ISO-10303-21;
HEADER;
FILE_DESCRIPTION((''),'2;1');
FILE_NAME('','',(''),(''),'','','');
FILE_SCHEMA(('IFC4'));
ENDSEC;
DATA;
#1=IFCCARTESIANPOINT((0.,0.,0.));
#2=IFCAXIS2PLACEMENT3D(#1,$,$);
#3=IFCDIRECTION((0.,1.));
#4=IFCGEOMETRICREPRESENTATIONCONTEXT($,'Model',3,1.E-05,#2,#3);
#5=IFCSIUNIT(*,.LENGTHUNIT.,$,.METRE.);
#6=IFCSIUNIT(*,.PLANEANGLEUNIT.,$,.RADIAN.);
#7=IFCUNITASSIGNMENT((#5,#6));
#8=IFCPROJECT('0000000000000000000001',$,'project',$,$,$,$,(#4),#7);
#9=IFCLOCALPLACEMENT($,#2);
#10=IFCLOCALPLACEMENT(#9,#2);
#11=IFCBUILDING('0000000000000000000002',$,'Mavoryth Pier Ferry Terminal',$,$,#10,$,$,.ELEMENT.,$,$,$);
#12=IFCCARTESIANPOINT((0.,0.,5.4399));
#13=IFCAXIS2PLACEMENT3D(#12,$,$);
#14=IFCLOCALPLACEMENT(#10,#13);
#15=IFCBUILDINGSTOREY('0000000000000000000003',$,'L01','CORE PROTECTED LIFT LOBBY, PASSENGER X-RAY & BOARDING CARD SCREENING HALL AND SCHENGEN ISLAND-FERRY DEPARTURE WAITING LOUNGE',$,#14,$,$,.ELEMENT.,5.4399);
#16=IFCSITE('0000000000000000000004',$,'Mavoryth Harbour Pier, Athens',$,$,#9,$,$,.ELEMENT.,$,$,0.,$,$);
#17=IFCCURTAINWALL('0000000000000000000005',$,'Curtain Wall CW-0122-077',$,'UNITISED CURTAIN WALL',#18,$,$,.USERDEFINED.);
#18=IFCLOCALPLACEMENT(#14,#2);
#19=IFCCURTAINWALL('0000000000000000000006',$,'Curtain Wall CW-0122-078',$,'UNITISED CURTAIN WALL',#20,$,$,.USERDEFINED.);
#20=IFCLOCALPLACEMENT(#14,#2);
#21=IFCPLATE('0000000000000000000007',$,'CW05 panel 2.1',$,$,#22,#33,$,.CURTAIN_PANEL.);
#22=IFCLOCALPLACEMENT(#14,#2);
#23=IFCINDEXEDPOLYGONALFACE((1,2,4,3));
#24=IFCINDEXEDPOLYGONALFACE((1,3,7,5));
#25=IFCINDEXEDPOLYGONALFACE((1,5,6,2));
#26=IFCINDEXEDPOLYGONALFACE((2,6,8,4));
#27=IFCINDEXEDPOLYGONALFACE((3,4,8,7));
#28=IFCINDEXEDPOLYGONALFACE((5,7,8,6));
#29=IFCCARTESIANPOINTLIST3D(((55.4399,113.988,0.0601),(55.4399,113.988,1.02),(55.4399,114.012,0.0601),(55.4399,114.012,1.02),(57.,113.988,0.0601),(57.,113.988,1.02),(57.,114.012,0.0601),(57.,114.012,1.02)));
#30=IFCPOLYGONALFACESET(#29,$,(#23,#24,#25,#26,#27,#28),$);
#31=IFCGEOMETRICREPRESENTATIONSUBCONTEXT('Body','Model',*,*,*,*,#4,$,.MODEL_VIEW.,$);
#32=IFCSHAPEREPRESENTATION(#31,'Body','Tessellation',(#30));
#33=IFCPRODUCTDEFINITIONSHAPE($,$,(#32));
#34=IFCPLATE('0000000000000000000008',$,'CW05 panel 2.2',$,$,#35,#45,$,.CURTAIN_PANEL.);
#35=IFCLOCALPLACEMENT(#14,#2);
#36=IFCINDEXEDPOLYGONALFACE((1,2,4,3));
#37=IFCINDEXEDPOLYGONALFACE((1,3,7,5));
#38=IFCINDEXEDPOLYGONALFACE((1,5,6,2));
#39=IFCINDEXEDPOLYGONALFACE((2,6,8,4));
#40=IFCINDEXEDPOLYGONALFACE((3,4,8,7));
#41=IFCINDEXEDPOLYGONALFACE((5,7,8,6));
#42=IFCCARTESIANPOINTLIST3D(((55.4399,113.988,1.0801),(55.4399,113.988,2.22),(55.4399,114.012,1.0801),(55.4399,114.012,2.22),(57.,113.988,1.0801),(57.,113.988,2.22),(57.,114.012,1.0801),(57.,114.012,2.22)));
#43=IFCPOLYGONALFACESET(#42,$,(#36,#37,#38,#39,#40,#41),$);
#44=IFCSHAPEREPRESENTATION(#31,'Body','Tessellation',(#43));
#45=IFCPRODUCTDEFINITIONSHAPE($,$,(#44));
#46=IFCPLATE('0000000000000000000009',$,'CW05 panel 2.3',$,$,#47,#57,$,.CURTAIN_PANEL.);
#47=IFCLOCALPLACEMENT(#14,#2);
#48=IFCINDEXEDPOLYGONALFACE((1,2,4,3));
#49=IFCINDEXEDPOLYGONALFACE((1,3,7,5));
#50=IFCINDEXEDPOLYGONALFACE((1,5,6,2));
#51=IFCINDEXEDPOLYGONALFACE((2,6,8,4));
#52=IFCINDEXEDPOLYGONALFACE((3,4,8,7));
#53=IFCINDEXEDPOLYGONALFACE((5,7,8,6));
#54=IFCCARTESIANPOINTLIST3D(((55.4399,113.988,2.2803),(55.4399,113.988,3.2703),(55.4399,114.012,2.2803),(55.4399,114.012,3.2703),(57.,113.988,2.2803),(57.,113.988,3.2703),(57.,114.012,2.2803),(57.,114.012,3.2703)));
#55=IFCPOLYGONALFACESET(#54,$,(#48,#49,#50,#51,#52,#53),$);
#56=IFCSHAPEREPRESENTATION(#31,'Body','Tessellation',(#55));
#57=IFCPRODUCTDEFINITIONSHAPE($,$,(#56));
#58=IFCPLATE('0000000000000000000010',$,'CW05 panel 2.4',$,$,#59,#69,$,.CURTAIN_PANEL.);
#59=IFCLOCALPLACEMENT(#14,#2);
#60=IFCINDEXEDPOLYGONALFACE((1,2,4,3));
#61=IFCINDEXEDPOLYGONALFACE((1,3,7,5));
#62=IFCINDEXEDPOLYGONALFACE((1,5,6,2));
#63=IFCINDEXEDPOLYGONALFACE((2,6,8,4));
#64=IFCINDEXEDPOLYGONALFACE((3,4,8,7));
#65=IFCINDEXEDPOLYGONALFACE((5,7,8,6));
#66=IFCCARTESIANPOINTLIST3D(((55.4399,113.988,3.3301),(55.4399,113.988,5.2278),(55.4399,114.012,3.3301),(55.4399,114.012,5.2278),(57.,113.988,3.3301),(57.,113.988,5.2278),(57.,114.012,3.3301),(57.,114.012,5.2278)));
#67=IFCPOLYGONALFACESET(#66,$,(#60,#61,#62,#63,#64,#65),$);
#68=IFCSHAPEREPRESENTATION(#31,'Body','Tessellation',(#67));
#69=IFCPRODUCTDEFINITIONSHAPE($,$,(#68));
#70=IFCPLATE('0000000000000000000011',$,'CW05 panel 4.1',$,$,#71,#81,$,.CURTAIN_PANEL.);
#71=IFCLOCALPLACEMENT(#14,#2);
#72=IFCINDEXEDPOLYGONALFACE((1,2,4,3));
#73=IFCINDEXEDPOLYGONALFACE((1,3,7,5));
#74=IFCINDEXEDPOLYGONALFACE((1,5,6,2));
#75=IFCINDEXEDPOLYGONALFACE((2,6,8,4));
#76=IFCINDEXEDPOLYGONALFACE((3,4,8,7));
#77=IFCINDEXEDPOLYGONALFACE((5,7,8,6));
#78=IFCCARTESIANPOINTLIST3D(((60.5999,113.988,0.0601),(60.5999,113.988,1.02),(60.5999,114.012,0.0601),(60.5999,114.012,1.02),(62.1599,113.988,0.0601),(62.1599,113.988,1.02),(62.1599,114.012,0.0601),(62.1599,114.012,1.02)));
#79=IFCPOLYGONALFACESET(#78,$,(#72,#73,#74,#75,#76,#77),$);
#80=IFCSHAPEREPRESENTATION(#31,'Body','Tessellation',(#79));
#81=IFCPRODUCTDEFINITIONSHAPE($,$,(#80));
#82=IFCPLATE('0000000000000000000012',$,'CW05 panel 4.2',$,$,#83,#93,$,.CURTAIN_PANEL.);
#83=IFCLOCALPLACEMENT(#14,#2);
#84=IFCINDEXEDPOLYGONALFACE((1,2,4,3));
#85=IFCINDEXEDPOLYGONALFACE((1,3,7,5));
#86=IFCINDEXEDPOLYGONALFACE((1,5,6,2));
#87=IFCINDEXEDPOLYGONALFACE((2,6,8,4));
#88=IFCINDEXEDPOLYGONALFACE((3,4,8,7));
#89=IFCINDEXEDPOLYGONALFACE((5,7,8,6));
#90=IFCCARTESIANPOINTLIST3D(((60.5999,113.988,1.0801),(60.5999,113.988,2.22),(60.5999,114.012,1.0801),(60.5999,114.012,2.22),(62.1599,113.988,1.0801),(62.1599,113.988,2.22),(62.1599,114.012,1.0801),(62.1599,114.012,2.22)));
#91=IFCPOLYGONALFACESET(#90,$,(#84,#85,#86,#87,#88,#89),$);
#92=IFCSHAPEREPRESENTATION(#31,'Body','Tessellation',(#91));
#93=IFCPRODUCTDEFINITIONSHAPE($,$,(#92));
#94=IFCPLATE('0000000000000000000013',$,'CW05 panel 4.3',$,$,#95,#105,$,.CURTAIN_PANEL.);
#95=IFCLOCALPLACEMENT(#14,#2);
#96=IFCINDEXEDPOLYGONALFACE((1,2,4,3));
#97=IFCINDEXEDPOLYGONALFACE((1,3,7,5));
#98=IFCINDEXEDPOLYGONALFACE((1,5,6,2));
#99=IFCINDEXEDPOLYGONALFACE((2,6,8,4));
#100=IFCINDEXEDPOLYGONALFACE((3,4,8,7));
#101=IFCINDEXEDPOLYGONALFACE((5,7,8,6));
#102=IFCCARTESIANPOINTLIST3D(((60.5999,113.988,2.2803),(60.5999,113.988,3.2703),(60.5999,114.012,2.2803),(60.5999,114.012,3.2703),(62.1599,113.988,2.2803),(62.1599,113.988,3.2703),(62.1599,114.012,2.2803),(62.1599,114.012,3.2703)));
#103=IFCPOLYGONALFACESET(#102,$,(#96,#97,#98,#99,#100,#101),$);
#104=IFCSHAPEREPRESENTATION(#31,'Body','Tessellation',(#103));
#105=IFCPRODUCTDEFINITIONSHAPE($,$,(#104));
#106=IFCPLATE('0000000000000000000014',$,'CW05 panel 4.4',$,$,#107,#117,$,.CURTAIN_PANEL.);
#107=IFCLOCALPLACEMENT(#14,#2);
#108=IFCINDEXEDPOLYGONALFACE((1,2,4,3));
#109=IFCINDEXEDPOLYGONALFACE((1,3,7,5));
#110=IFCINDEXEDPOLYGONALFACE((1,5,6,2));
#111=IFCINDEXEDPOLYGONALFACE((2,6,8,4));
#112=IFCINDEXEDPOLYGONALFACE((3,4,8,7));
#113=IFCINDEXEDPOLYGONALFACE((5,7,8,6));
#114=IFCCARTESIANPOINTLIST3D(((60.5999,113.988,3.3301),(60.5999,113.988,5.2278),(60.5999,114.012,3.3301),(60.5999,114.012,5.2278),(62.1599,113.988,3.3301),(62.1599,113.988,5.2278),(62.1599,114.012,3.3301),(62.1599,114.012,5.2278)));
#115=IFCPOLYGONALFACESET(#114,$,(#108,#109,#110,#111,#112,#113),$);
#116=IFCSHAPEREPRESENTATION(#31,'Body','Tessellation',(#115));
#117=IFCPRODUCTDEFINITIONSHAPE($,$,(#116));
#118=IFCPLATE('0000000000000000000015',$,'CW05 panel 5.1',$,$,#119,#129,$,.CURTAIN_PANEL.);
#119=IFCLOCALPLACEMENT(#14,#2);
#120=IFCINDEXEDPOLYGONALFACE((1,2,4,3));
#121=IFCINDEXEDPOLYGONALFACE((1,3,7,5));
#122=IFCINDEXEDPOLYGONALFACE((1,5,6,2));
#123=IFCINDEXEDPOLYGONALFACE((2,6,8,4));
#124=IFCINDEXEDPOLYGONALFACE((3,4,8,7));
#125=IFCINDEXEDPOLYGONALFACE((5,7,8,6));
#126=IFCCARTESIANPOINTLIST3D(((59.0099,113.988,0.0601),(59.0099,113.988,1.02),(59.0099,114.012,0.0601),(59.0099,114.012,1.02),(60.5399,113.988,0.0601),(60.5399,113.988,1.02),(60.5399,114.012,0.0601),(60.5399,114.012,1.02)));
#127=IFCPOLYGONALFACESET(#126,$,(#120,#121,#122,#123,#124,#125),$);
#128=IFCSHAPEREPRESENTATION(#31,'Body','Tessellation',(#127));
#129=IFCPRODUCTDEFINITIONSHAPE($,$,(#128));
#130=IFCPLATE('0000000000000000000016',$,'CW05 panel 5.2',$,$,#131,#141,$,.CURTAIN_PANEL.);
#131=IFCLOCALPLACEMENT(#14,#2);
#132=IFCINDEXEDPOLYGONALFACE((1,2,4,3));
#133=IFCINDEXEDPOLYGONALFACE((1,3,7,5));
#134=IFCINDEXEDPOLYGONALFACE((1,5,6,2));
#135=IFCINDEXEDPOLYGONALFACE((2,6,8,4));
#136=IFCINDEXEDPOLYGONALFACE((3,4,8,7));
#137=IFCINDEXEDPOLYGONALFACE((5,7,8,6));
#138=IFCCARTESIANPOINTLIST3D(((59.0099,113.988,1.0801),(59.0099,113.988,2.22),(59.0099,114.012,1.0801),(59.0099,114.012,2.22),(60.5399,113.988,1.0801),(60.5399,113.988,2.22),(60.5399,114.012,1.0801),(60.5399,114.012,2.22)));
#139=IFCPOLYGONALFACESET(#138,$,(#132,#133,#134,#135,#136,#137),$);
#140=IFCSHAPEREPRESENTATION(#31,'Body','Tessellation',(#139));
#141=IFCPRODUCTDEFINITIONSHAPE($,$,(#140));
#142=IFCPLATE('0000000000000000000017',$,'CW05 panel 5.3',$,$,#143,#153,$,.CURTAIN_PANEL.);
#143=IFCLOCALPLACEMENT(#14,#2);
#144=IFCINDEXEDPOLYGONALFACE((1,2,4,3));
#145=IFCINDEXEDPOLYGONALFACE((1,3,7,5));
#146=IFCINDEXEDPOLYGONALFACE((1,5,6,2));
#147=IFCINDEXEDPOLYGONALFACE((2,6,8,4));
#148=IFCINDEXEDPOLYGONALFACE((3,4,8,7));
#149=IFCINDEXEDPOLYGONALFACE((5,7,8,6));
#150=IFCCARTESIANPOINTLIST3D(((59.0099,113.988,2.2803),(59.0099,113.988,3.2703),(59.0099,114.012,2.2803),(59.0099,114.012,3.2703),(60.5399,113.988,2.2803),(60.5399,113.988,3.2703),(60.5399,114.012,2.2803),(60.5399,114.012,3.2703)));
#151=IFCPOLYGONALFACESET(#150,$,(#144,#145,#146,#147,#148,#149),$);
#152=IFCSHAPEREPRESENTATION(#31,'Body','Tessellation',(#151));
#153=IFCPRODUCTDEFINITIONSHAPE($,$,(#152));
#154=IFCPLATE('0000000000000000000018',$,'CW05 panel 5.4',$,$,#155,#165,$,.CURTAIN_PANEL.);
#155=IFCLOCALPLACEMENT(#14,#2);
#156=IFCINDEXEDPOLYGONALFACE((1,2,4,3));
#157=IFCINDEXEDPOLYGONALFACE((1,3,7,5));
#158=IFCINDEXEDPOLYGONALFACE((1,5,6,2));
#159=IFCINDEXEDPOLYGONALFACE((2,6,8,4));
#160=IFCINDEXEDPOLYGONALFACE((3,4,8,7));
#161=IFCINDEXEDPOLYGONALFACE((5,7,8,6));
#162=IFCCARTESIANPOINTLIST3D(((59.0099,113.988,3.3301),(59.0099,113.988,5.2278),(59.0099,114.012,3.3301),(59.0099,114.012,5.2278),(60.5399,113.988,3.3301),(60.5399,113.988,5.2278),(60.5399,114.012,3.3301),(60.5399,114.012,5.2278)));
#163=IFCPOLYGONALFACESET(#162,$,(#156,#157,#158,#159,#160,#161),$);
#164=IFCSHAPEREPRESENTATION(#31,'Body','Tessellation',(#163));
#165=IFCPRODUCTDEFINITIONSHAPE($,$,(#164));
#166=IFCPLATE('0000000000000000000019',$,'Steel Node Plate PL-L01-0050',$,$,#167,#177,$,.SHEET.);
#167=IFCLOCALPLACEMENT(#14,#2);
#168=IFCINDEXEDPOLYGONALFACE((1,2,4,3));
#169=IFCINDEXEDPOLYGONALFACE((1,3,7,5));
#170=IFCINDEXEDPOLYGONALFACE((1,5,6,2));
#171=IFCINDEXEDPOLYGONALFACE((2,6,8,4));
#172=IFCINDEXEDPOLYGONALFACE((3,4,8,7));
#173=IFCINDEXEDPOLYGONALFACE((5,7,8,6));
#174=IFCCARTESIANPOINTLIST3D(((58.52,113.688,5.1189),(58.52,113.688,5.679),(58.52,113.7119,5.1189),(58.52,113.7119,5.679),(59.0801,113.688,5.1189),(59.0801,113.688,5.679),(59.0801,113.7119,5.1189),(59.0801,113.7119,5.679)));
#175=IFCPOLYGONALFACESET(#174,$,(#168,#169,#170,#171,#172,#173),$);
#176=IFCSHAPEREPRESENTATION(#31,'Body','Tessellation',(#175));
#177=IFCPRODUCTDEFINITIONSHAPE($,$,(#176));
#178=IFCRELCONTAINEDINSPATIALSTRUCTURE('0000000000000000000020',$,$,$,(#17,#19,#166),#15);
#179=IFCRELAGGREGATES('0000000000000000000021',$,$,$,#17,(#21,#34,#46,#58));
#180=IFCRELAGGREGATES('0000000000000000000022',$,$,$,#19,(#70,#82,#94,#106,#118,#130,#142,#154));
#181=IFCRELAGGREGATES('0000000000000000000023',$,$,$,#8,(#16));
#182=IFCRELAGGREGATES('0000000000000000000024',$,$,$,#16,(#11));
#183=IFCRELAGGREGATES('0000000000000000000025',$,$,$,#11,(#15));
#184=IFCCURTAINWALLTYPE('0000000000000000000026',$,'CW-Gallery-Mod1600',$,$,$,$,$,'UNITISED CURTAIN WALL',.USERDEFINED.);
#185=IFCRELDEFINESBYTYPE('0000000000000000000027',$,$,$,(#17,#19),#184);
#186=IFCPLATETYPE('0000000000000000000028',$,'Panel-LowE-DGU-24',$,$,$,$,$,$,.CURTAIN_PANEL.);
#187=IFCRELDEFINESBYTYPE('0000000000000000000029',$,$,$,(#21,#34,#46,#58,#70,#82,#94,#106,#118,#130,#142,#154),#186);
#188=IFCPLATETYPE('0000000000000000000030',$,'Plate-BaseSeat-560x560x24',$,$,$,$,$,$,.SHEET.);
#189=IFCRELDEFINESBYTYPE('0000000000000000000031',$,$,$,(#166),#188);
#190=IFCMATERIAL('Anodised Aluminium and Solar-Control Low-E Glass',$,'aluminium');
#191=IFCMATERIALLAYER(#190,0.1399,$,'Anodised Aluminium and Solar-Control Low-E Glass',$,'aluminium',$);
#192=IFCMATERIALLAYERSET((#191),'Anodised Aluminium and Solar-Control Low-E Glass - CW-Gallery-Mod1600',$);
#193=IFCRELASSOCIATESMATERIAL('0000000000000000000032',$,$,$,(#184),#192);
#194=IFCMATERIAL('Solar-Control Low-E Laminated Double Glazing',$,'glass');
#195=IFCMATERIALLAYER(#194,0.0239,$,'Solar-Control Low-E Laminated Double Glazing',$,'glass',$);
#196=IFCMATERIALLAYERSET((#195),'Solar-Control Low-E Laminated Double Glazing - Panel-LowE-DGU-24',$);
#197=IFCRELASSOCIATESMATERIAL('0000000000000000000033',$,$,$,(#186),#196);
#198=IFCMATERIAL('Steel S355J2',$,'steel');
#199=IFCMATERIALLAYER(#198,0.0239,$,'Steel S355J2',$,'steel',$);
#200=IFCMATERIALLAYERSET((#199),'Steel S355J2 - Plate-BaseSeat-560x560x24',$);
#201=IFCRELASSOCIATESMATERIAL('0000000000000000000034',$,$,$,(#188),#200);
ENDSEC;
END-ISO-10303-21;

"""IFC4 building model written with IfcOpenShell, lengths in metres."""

from ifc_helpers import new_model, si_unit, direction, frame, origin, origin_2d, place, context, subcontext, project, spatial, rectangle, extrude, material, layer, layer_set, type_object, element, aggregate, save


model = new_model("IFC4")

# Units and contexts
model_context = context("Model", 3, precision=1e-05, world=origin(), true_north=direction((0.0, 1.0)))
body_context = subcontext(model_context, "Body", "Model", "MODEL_VIEW")
ifc_project = project(units=[si_unit("LENGTHUNIT", "METRE"), si_unit("PLANEANGLEUNIT", "RADIAN")], contexts=[model_context])

# Site, building, storey
site_placement = place(None, origin())
site = spatial("IfcSite", under=ifc_project, at=site_placement, Name="Mavoryth Harbour Pier, Athens", CompositionType="ELEMENT", RefElevation=0.0)
building_placement = place(site_placement, origin())
building = spatial("IfcBuilding", under=site, at=building_placement, Name="Mavoryth Pier Ferry Terminal", CompositionType="ELEMENT")
storey_placement = place(building_placement, frame((0.0, 0.0, 5.4399)))
storey = spatial("IfcBuildingStorey", under=building, at=storey_placement, Name="L01", Description="CORE PROTECTED LIFT LOBBY, PASSENGER X-RAY & BOARDING CARD SCREENING HALL AND SCHENGEN ISLAND-FERRY DEPARTURE WAITING LOUNGE", CompositionType="ELEMENT", Elevation=5.4399)

# Shared definitions
ifc_material_1 = material(Name="Steel S355J2", Category="steel")

# Curtain walls
ifc_material_2 = material(Name="Anodised Aluminium and Solar-Control Low-E Glass", Category="aluminium")
ifc_layer_1 = layer(ifc_material_2, 0.1399, Name="Anodised Aluminium and Solar-Control Low-E Glass", Category="aluminium")
ifc_layer_set_1 = layer_set([ifc_layer_1], Name="Anodised Aluminium and Solar-Control Low-E Glass - CW-Gallery-Mod1600")
curtain_wall_type = type_object("IfcCurtainWallType", Name="CW-Gallery-Mod1600", ElementType="UNITISED CURTAIN WALL", PredefinedType="USERDEFINED", material=ifc_layer_set_1)
curtain_wall_1_placement = place(storey_placement, origin())
curtain_wall_1 = element("IfcCurtainWall", 1, at=curtain_wall_1_placement, inside=storey, type_object=curtain_wall_type, Name="Curtain Wall CW-0122-077", ObjectType="UNITISED CURTAIN WALL", PredefinedType="USERDEFINED")
curtain_wall_2_placement = place(storey_placement, origin())
curtain_wall_2 = element("IfcCurtainWall", 2, at=curtain_wall_2_placement, inside=storey, type_object=curtain_wall_type, Name="Curtain Wall CW-0122-078", ObjectType="UNITISED CURTAIN WALL", PredefinedType="USERDEFINED")

# Plates
ifc_material_3 = material(Name="Solar-Control Low-E Laminated Double Glazing", Category="glass")
ifc_layer_2 = layer(ifc_material_3, 0.0239, Name="Solar-Control Low-E Laminated Double Glazing", Category="glass")
ifc_layer_set_2 = layer_set([ifc_layer_2], Name="Solar-Control Low-E Laminated Double Glazing - Panel-LowE-DGU-24")
plate_type_1 = type_object("IfcPlateType", Name="Panel-LowE-DGU-24", PredefinedType="CURTAIN_PANEL", material=ifc_layer_set_2)
plate_1_placement = place(storey_placement, frame((56.22, 114.0, 0.0601), z_axis=(0.0, 0.0, 1.0), x_axis=(-1.0, 0.0, 0.0)))
plate_1 = element("IfcPlate", 3, at=plate_1_placement, type_object=plate_type_1, Name="CW05 panel 2.1", PredefinedType="CURTAIN_PANEL", context=body_context, shape_type="SweptSolid", body=[
    extrude(rectangle(XDim=1.5601, YDim=0.0239, at=origin_2d()), origin(), (0.0, 0.0, 1.0), 0.96),
])
plate_2_placement = place(storey_placement, frame((56.22, 114.0, 1.0801), z_axis=(0.0, 0.0, 1.0), x_axis=(-1.0, 0.0, 0.0)))
plate_2 = element("IfcPlate", 4, at=plate_2_placement, type_object=plate_type_1, Name="CW05 panel 2.2", PredefinedType="CURTAIN_PANEL", context=body_context, shape_type="SweptSolid", body=[
    extrude(rectangle(XDim=1.5601, YDim=0.0239, at=origin_2d()), origin(), (0.0, 0.0, 1.0), 1.1399),
])
plate_3_placement = place(storey_placement, frame((56.22, 114.0, 2.2803), z_axis=(0.0, 0.0, 1.0), x_axis=(-1.0, 0.0, 0.0)))
plate_3 = element("IfcPlate", 5, at=plate_3_placement, type_object=plate_type_1, Name="CW05 panel 2.3", PredefinedType="CURTAIN_PANEL", context=body_context, shape_type="SweptSolid", body=[
    extrude(rectangle(XDim=1.5601, YDim=0.0239, at=origin_2d()), origin(), (0.0, 0.0, 1.0), 0.99),
])
plate_4_placement = place(storey_placement, frame((56.22, 114.0, 3.3301), z_axis=(0.0, 0.0, 1.0), x_axis=(-1.0, 0.0, 0.0)))
plate_4 = element("IfcPlate", 6, at=plate_4_placement, type_object=plate_type_1, Name="CW05 panel 2.4", PredefinedType="CURTAIN_PANEL", context=body_context, shape_type="SweptSolid", body=[
    extrude(rectangle(XDim=1.5601, YDim=0.0239, at=origin_2d()), origin(), (0.0, 0.0, 1.0), 1.8977),
])
aggregate(curtain_wall_1, [plate_1, plate_2, plate_3, plate_4])
plate_5_placement = place(storey_placement, frame((61.3799, 114.0, 0.0601), z_axis=(0.0, 0.0, 1.0), x_axis=(-1.0, 0.0, 0.0)))
plate_5 = element("IfcPlate", 7, at=plate_5_placement, type_object=plate_type_1, Name="CW05 panel 4.1", PredefinedType="CURTAIN_PANEL", context=body_context, shape_type="SweptSolid", body=[
    extrude(rectangle(XDim=1.5601, YDim=0.0239, at=origin_2d()), origin(), (0.0, 0.0, 1.0), 0.96),
])
plate_6_placement = place(storey_placement, frame((61.3799, 114.0, 1.0801), z_axis=(0.0, 0.0, 1.0), x_axis=(-1.0, 0.0, 0.0)))
plate_6 = element("IfcPlate", 8, at=plate_6_placement, type_object=plate_type_1, Name="CW05 panel 4.2", PredefinedType="CURTAIN_PANEL", context=body_context, shape_type="SweptSolid", body=[
    extrude(rectangle(XDim=1.5601, YDim=0.0239, at=origin_2d()), origin(), (0.0, 0.0, 1.0), 1.1399),
])
plate_7_placement = place(storey_placement, frame((61.3799, 114.0, 2.2803), z_axis=(0.0, 0.0, 1.0), x_axis=(-1.0, 0.0, 0.0)))
plate_7 = element("IfcPlate", 9, at=plate_7_placement, type_object=plate_type_1, Name="CW05 panel 4.3", PredefinedType="CURTAIN_PANEL", context=body_context, shape_type="SweptSolid", body=[
    extrude(rectangle(XDim=1.5601, YDim=0.0239, at=origin_2d()), origin(), (0.0, 0.0, 1.0), 0.99),
])
plate_8_placement = place(storey_placement, frame((61.3799, 114.0, 3.3301), z_axis=(0.0, 0.0, 1.0), x_axis=(-1.0, 0.0, 0.0)))
plate_8 = element("IfcPlate", 10, at=plate_8_placement, type_object=plate_type_1, Name="CW05 panel 4.4", PredefinedType="CURTAIN_PANEL", context=body_context, shape_type="SweptSolid", body=[
    extrude(rectangle(XDim=1.5601, YDim=0.0239, at=origin_2d()), origin(), (0.0, 0.0, 1.0), 1.8977),
])
plate_9_placement = place(storey_placement, frame((59.7749, 114.0, 0.0601), z_axis=(0.0, 0.0, 1.0), x_axis=(-1.0, 0.0, 0.0)))
plate_9 = element("IfcPlate", 11, at=plate_9_placement, type_object=plate_type_1, Name="CW05 panel 5.1", PredefinedType="CURTAIN_PANEL", context=body_context, shape_type="SweptSolid", body=[
    extrude(rectangle(XDim=1.53, YDim=0.0239, at=origin_2d()), origin(), (0.0, 0.0, 1.0), 0.96),
])
plate_10_placement = place(storey_placement, frame((59.7749, 114.0, 1.0801), z_axis=(0.0, 0.0, 1.0), x_axis=(-1.0, 0.0, 0.0)))
plate_10 = element("IfcPlate", 12, at=plate_10_placement, type_object=plate_type_1, Name="CW05 panel 5.2", PredefinedType="CURTAIN_PANEL", context=body_context, shape_type="SweptSolid", body=[
    extrude(rectangle(XDim=1.53, YDim=0.0239, at=origin_2d()), origin(), (0.0, 0.0, 1.0), 1.1399),
])
plate_11_placement = place(storey_placement, frame((59.7749, 114.0, 2.2803), z_axis=(0.0, 0.0, 1.0), x_axis=(-1.0, 0.0, 0.0)))
plate_11 = element("IfcPlate", 13, at=plate_11_placement, type_object=plate_type_1, Name="CW05 panel 5.3", PredefinedType="CURTAIN_PANEL", context=body_context, shape_type="SweptSolid", body=[
    extrude(rectangle(XDim=1.53, YDim=0.0239, at=origin_2d()), origin(), (0.0, 0.0, 1.0), 0.99),
])
plate_12_placement = place(storey_placement, frame((59.7749, 114.0, 3.3301), z_axis=(0.0, 0.0, 1.0), x_axis=(-1.0, 0.0, 0.0)))
plate_12 = element("IfcPlate", 14, at=plate_12_placement, type_object=plate_type_1, Name="CW05 panel 5.4", PredefinedType="CURTAIN_PANEL", context=body_context, shape_type="SweptSolid", body=[
    extrude(rectangle(XDim=1.53, YDim=0.0239, at=origin_2d()), origin(), (0.0, 0.0, 1.0), 1.8977),
])
aggregate(curtain_wall_2, [plate_5, plate_6, plate_7, plate_8, plate_9, plate_10, plate_11, plate_12])
ifc_layer_3 = layer(ifc_material_1, 0.0239, Name="Steel S355J2", Category="steel")
ifc_layer_set_3 = layer_set([ifc_layer_3], Name="Steel S355J2 - Plate-BaseSeat-560x560x24")
plate_type_2 = type_object("IfcPlateType", Name="Plate-BaseSeat-560x560x24", PredefinedType="SHEET", material=ifc_layer_set_3)
plate_13_placement = place(storey_placement, frame((58.8, 113.7, 5.1189), z_axis=(0.0, 0.0, 1.0), x_axis=(1.0, 0.0, 0.0)))
element("IfcPlate", 15, at=plate_13_placement, inside=storey, type_object=plate_type_2, Name="Steel Node Plate PL-L01-0050", PredefinedType="SHEET", context=body_context, shape_type="SweptSolid", body=[
    extrude(rectangle(XDim=0.5601, YDim=0.0239, at=origin_2d()), origin(), (0.0, 0.0, 1.0), 0.5601),
])

save(model, "model.ifc")
